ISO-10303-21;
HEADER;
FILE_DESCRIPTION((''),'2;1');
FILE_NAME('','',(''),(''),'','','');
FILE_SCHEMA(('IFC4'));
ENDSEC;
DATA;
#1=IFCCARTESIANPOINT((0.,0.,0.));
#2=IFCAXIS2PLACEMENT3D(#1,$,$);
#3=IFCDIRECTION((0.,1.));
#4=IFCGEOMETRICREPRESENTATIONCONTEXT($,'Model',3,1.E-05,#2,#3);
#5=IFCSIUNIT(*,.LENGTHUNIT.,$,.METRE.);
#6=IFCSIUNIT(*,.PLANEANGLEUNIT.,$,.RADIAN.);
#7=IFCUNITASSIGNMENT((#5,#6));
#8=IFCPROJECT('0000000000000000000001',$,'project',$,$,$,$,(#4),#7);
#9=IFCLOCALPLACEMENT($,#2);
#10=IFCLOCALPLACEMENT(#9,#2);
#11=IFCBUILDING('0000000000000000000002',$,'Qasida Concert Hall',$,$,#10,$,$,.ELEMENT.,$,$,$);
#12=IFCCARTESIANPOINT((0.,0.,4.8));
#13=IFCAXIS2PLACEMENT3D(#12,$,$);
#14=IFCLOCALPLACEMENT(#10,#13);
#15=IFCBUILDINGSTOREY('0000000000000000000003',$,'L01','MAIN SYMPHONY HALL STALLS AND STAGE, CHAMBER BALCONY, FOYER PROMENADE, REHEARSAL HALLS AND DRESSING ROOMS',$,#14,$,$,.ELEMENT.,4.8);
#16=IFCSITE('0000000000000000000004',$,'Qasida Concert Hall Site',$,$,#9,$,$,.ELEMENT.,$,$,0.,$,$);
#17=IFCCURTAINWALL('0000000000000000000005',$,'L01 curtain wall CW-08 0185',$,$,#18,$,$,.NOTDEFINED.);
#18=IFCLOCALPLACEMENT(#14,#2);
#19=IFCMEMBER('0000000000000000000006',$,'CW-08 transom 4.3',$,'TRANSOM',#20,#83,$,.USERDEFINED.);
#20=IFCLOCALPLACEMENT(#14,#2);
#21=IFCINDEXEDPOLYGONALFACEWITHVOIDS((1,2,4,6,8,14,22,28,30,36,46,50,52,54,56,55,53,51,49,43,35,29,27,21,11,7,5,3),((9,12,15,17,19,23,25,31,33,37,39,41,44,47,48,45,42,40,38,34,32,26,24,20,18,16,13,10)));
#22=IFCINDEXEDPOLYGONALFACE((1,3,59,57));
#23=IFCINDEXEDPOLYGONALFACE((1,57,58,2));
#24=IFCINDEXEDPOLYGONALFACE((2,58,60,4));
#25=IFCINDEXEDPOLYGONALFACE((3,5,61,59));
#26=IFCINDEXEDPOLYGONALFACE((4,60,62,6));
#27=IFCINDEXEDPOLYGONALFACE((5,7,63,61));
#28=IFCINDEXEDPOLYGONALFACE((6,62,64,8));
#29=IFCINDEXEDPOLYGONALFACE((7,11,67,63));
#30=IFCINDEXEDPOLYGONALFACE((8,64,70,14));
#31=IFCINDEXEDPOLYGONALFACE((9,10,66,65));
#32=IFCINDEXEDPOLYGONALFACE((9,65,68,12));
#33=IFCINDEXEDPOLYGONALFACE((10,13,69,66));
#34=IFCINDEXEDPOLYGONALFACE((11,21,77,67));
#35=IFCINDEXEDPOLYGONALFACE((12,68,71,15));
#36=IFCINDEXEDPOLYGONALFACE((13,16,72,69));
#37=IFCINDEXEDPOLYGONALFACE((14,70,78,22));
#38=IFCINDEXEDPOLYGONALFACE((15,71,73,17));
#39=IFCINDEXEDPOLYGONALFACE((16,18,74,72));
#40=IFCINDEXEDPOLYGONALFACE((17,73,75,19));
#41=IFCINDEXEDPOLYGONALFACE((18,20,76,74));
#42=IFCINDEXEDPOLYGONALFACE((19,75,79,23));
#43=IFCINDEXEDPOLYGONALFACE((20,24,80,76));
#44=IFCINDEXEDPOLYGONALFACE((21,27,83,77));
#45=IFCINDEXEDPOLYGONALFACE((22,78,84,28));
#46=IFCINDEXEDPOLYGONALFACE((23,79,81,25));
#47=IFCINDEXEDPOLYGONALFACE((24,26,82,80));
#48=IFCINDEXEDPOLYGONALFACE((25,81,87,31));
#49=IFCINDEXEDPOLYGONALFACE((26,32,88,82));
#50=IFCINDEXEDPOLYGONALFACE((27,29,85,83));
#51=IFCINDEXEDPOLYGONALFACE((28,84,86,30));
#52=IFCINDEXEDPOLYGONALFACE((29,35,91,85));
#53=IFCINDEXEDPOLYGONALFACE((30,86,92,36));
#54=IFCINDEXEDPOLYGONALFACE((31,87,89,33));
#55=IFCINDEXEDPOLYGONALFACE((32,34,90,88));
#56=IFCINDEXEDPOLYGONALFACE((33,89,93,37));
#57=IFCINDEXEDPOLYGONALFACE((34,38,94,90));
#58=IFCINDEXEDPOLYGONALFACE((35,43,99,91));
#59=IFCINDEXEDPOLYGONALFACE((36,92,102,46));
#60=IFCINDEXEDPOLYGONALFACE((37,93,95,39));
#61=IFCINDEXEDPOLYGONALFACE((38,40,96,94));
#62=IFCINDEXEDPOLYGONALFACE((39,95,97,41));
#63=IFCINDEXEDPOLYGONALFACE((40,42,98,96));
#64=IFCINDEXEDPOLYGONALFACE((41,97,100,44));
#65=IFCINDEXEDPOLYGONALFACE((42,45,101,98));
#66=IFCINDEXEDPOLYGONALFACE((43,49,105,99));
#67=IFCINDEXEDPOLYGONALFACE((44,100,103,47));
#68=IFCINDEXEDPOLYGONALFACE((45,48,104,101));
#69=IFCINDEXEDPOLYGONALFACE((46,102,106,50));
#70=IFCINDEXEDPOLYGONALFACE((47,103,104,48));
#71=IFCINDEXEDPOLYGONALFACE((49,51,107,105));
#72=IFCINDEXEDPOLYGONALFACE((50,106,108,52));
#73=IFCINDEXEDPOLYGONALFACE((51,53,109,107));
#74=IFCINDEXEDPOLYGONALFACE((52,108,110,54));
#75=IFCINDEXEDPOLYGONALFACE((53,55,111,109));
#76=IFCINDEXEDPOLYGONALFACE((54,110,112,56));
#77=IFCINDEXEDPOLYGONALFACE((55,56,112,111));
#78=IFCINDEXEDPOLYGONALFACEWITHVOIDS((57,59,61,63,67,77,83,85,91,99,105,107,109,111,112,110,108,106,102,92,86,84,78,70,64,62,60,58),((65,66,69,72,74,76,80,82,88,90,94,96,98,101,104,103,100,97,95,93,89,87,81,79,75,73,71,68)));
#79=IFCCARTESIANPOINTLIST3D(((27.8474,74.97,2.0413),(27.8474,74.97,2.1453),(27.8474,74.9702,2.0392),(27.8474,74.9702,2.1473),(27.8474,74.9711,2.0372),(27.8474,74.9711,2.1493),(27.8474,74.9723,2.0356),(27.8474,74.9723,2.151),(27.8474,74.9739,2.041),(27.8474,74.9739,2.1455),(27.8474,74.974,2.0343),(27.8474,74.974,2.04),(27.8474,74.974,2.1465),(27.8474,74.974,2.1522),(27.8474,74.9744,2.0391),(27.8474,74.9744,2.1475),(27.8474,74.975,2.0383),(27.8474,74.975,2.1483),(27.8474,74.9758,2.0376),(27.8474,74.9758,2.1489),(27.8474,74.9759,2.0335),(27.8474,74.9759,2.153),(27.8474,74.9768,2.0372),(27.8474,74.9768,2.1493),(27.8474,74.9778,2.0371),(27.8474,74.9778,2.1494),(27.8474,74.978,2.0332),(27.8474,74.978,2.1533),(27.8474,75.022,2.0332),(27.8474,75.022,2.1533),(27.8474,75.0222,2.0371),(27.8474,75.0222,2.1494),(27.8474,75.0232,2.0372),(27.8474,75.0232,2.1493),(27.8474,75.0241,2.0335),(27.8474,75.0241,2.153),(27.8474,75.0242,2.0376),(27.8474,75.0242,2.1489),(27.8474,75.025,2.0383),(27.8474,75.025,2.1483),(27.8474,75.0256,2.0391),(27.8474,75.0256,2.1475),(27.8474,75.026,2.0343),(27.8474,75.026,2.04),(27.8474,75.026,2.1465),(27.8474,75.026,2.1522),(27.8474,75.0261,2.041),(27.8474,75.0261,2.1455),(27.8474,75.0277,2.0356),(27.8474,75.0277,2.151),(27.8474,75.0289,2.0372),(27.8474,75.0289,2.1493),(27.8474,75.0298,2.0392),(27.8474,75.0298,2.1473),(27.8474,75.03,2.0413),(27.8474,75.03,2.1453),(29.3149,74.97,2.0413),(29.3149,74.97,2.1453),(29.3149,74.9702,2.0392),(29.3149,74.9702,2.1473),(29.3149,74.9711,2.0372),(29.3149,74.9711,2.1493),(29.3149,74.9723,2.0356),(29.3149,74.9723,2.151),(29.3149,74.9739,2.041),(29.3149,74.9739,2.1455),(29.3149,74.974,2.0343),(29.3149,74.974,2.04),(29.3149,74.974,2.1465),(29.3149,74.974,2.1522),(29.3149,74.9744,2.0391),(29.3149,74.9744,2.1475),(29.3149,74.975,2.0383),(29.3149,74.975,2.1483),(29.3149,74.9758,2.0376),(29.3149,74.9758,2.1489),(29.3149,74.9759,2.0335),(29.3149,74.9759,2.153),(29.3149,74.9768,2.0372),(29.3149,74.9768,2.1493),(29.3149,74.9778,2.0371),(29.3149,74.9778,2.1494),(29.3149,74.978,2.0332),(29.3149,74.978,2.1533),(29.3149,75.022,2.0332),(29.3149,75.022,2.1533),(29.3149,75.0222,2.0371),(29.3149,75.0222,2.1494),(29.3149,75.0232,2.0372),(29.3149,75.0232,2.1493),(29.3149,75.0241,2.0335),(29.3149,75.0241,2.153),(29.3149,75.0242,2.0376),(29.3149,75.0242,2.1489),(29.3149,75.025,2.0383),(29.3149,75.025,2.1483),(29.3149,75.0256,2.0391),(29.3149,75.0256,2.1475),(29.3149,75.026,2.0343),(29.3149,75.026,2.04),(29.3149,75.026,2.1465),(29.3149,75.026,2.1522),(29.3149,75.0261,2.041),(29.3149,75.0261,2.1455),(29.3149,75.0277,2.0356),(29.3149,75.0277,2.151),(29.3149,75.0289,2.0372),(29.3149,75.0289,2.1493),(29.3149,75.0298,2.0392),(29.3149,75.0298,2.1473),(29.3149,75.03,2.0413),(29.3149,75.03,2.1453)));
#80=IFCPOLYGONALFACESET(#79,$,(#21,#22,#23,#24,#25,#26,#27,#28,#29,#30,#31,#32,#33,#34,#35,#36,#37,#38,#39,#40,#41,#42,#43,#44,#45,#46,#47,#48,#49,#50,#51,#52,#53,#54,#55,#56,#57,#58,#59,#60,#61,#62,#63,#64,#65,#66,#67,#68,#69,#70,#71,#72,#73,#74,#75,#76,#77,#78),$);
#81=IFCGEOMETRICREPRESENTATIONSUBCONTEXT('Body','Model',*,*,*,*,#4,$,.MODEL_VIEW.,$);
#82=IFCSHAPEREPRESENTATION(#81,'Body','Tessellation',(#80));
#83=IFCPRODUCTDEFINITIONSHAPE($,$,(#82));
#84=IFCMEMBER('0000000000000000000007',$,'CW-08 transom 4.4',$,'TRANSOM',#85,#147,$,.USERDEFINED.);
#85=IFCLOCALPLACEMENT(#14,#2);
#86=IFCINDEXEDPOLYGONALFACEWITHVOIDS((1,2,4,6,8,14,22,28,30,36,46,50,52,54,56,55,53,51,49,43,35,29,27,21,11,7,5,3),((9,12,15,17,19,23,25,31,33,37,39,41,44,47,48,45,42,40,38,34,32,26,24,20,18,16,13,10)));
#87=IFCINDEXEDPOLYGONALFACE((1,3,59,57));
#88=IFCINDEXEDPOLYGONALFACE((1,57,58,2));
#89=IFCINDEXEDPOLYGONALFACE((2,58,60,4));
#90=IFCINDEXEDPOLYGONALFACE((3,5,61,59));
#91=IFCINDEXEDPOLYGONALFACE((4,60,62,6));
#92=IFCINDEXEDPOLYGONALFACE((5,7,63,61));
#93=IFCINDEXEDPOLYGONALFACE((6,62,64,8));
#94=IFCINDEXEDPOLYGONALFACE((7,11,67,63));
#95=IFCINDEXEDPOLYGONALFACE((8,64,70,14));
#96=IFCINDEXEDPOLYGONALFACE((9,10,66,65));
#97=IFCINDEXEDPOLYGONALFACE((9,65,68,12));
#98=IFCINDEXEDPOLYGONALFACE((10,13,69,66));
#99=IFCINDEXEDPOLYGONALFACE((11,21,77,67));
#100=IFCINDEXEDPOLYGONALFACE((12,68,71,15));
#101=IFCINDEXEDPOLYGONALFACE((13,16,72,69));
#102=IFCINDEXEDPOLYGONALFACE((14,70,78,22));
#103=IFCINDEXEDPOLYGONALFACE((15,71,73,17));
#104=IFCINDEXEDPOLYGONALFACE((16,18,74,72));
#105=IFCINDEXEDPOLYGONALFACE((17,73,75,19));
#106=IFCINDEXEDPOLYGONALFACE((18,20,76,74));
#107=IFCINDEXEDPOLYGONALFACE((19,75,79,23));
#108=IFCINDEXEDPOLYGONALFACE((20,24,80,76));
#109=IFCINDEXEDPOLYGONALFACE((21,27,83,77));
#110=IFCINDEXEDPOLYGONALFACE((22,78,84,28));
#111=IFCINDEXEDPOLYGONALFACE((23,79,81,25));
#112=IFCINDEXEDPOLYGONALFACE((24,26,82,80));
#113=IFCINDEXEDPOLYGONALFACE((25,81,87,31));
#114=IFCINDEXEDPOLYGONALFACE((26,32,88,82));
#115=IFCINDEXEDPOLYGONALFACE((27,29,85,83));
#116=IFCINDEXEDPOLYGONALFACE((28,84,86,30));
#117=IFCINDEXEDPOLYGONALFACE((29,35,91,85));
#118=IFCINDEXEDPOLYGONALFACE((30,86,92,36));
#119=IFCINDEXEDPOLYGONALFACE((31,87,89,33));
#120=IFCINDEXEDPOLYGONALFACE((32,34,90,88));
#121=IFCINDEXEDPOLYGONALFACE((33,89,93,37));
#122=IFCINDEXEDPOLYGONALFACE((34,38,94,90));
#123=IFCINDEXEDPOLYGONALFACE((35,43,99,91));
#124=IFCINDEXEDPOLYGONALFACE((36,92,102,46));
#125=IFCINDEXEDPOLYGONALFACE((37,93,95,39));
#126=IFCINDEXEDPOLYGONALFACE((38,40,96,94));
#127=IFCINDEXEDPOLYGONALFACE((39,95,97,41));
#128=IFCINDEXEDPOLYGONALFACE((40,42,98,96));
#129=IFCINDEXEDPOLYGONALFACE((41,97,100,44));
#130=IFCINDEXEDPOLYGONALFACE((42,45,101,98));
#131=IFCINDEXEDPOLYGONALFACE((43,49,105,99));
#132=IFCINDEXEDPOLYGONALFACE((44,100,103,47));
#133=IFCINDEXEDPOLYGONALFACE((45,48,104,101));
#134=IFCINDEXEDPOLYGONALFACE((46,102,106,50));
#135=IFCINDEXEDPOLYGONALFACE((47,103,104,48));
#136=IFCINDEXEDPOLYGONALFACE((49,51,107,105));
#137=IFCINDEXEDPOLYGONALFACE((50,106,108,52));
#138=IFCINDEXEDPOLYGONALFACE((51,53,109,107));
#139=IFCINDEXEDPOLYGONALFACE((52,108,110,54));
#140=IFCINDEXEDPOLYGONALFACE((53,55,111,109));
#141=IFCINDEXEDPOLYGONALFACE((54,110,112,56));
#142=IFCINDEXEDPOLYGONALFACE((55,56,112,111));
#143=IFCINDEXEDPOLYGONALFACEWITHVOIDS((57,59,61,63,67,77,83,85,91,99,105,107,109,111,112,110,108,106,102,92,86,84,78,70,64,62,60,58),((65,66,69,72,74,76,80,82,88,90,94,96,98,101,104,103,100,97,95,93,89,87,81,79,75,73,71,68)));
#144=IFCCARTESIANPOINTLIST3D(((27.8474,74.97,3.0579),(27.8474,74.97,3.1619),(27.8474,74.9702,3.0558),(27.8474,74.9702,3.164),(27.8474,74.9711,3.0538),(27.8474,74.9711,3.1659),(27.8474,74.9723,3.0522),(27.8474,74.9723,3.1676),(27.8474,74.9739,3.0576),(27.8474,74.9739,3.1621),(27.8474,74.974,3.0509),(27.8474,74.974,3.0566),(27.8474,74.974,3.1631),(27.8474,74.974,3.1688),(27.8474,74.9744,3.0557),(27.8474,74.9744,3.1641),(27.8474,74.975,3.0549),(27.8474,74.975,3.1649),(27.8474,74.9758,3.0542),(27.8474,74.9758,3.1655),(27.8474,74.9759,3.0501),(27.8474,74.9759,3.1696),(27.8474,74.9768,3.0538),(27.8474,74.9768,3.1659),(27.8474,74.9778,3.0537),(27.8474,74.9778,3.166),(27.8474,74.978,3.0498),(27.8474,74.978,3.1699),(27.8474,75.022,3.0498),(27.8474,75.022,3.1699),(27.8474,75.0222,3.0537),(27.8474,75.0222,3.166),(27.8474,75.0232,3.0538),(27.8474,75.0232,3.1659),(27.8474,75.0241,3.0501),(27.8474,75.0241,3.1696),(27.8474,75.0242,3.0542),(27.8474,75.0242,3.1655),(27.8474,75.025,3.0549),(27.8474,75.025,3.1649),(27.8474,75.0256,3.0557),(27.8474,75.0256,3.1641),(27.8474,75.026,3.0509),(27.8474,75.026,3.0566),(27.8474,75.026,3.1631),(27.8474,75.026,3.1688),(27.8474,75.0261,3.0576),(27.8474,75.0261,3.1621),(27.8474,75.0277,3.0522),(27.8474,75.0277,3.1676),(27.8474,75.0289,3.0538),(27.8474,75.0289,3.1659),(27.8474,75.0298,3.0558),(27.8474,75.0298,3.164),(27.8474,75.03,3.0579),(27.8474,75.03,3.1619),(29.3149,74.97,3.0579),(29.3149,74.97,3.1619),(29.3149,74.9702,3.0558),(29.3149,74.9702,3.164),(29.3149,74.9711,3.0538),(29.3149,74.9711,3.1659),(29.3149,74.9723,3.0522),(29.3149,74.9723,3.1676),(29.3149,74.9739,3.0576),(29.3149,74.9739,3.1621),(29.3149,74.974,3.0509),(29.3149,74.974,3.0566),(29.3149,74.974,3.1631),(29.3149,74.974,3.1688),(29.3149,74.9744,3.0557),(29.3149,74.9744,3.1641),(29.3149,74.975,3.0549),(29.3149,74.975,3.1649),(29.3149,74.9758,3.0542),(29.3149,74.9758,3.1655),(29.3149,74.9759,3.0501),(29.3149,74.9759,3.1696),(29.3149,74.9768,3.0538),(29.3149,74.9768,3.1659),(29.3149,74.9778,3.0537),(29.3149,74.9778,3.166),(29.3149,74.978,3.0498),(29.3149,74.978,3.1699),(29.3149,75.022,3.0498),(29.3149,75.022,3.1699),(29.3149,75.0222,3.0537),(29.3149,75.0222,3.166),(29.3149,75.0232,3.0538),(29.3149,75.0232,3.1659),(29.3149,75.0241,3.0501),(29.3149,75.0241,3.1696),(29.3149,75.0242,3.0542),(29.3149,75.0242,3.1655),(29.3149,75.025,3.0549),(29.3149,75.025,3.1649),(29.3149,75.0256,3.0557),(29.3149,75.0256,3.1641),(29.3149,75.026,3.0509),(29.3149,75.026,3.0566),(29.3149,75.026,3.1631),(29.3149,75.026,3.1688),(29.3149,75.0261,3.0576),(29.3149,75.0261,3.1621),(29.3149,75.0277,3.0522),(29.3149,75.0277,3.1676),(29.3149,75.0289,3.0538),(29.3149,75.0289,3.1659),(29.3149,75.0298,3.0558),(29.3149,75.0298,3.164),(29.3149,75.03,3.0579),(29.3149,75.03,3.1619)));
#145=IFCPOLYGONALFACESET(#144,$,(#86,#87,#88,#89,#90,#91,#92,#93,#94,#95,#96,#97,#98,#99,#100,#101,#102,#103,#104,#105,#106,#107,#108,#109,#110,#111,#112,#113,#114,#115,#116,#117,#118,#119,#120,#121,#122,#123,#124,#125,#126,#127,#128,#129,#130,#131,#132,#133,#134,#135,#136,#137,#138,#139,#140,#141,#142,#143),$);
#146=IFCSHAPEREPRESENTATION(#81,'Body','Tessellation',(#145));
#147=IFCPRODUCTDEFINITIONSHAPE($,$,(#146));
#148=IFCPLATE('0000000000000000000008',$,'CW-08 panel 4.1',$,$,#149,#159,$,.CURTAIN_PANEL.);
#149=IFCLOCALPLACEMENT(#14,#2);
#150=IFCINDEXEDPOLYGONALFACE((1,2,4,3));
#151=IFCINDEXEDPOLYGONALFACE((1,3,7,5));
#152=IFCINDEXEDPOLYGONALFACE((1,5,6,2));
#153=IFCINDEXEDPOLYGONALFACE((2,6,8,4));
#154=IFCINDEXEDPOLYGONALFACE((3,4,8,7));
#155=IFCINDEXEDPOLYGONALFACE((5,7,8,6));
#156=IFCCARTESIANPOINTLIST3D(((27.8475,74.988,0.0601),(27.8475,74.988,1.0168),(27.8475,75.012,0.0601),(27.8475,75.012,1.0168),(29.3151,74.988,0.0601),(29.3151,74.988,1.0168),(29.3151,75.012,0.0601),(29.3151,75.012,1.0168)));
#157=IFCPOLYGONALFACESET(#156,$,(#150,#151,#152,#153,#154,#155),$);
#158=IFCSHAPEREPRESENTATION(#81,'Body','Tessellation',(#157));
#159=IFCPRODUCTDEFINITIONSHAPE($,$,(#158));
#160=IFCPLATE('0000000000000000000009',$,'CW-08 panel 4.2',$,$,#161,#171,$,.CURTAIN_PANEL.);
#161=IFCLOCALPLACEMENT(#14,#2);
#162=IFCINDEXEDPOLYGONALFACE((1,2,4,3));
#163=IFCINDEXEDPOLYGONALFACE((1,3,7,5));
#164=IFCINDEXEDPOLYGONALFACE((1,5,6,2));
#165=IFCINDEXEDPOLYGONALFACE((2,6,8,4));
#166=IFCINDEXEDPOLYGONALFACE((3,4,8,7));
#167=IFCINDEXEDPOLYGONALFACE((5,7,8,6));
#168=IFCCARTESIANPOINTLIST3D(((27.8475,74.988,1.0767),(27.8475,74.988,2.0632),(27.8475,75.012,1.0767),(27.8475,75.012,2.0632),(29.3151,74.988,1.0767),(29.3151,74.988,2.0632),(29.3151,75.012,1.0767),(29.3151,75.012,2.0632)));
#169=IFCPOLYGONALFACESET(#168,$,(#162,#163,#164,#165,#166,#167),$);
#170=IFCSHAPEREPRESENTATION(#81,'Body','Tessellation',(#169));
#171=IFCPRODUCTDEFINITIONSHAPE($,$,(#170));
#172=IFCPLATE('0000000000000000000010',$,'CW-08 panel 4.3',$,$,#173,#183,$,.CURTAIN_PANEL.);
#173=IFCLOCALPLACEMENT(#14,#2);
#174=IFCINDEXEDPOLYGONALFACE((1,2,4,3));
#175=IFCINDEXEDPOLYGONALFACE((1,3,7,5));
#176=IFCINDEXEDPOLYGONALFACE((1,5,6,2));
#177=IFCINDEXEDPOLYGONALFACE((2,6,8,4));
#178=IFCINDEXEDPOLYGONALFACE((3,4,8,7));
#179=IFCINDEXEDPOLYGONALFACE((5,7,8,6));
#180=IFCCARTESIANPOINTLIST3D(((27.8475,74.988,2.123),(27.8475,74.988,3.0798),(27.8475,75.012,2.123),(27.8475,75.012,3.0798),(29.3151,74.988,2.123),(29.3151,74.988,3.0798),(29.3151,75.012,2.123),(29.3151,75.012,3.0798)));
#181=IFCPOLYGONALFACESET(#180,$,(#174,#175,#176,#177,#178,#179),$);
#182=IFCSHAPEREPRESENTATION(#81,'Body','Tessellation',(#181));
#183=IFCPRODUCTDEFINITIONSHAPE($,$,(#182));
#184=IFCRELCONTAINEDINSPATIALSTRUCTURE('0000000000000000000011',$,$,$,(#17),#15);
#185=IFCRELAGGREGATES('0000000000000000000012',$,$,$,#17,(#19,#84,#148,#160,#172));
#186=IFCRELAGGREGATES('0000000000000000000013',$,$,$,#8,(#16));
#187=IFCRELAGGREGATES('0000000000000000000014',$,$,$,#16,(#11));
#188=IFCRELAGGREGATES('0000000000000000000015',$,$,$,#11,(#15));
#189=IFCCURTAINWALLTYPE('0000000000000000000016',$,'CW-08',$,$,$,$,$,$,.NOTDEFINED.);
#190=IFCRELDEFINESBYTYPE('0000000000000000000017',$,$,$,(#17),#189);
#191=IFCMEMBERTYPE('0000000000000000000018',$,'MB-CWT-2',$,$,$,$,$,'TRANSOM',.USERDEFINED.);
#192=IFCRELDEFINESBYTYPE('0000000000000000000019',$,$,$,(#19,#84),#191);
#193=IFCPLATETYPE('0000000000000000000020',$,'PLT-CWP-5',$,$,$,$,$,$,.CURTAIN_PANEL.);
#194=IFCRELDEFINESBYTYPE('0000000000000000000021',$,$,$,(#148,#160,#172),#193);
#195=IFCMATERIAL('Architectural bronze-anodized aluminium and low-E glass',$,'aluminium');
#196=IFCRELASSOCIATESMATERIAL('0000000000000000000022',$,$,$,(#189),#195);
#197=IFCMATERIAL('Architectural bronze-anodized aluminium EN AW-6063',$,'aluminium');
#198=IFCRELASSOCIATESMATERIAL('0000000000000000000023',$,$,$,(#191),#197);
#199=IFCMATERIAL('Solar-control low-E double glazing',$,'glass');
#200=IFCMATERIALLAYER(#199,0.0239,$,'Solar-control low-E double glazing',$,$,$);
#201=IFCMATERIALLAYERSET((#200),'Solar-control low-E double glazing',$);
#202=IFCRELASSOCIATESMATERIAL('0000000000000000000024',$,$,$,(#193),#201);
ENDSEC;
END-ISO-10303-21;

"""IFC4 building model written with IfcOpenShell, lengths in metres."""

from ifc_helpers import new_model, si_unit, direction, frame, origin, origin_2d, place, context, subcontext, project, spatial, rectangle, hollow_rectangle, extrude, material, layer, layer_set, material_profile, profile_set, type_object, element, aggregate, save


model = new_model("IFC4")

# Units and contexts
model_context = context("Model", 3, precision=1e-05, world=origin(), true_north=direction((0.0, 1.0)))
body_context = subcontext(model_context, "Body", "Model", "MODEL_VIEW")
ifc_project = project(units=[si_unit("LENGTHUNIT", "METRE"), si_unit("PLANEANGLEUNIT", "RADIAN")], contexts=[model_context])

# Site, building, storey
site_placement = place(None, origin())
site = spatial("IfcSite", under=ifc_project, at=site_placement, Name="Qasida Concert Hall Site", CompositionType="ELEMENT", RefElevation=0.0)
building_placement = place(site_placement, origin())
building = spatial("IfcBuilding", under=site, at=building_placement, Name="Qasida Concert Hall", CompositionType="ELEMENT")
storey_placement = place(building_placement, frame((0.0, 0.0, 4.8)))
storey = spatial("IfcBuildingStorey", under=building, at=storey_placement, Name="L01", Description="MAIN SYMPHONY HALL STALLS AND STAGE, CHAMBER BALCONY, FOYER PROMENADE, REHEARSAL HALLS AND DRESSING ROOMS", CompositionType="ELEMENT", Elevation=4.8)

# Curtain wall, members, plates
ifc_material_1 = material(Name="Architectural bronze-anodized aluminium and low-E glass", Category="aluminium")
curtain_wall_type = type_object("IfcCurtainWallType", Name="CW-08", PredefinedType="NOTDEFINED", material=ifc_material_1)
curtain_wall_placement = place(storey_placement, origin())
curtain_wall = element("IfcCurtainWall", 1, at=curtain_wall_placement, inside=storey, type_object=curtain_wall_type, Name="L01 curtain wall CW-08 0185", PredefinedType="NOTDEFINED")
ifc_material_2 = material(Name="Architectural bronze-anodized aluminium EN AW-6063", Category="aluminium")
ifc_material_profile_1 = material_profile(ifc_material_2, hollow_rectangle(XDim=0.0601, YDim=0.1201, WallThickness=0.0039, InnerFilletRadius=0.0039, OuterFilletRadius=0.0081, at=origin_2d()), Name="CWT 120x60x4")
ifc_profile_set_1 = profile_set([ifc_material_profile_1], Name="Architectural bronze-anodized aluminium EN AW-6063")
member_type_1 = type_object("IfcMemberType", Name="MB-CWT-2", ElementType="TRANSOM", PredefinedType="USERDEFINED", material=ifc_profile_set_1)
member_1_placement = place(storey_placement, frame((27.8474, 75.0, 2.0933), z_axis=(1.0, 0.0, 0.0), x_axis=(0.0, 1.0, 0.0)))
member_1 = element("IfcMember", 2, at=member_1_placement, type_object=member_type_1, Name="CW-08 transom 4.3", ObjectType="TRANSOM", PredefinedType="USERDEFINED", context=body_context, shape_type="SweptSolid", body=[
    extrude(hollow_rectangle(XDim=0.0601, YDim=0.1201, WallThickness=0.0039, InnerFilletRadius=0.0039, OuterFilletRadius=0.0081, at=origin_2d()), origin(), (0.0, 0.0, 1.0), 1.4675),
])
member_2_placement = place(storey_placement, frame((27.8474, 75.0, 3.1099), z_axis=(1.0, 0.0, 0.0), x_axis=(0.0, 1.0, 0.0)))
member_2 = element("IfcMember", 3, at=member_2_placement, type_object=member_type_1, Name="CW-08 transom 4.4", ObjectType="TRANSOM", PredefinedType="USERDEFINED", context=body_context, shape_type="SweptSolid", body=[
    extrude(hollow_rectangle(XDim=0.0601, YDim=0.1201, WallThickness=0.0039, InnerFilletRadius=0.0039, OuterFilletRadius=0.0081, at=origin_2d()), origin(), (0.0, 0.0, 1.0), 1.4675),
])
ifc_material_3 = material(Name="Solar-control low-E double glazing", Category="glass")
ifc_layer_1 = layer(ifc_material_3, 0.0239, Name="Solar-control low-E double glazing")
ifc_layer_set_1 = layer_set([ifc_layer_1], Name="Solar-control low-E double glazing")
plate_type = type_object("IfcPlateType", Name="PLT-CWP-5", PredefinedType="CURTAIN_PANEL", material=ifc_layer_set_1)
plate_1_placement = place(storey_placement, frame((28.5813, 75.0, 0.0601), z_axis=(0.0, 0.0, 1.0), x_axis=(1.0, 0.0, 0.0)))
plate_1 = element("IfcPlate", 4, at=plate_1_placement, type_object=plate_type, Name="CW-08 panel 4.1", PredefinedType="CURTAIN_PANEL", context=body_context, shape_type="SweptSolid", body=[
    extrude(rectangle(XDim=1.4675, YDim=0.0239, at=origin_2d()), origin(), (0.0, 0.0, 1.0), 0.9568),
])
plate_2_placement = place(storey_placement, frame((28.5813, 75.0, 1.0767), z_axis=(0.0, 0.0, 1.0), x_axis=(1.0, 0.0, 0.0)))
plate_2 = element("IfcPlate", 5, at=plate_2_placement, type_object=plate_type, Name="CW-08 panel 4.2", PredefinedType="CURTAIN_PANEL", context=body_context, shape_type="SweptSolid", body=[
    extrude(rectangle(XDim=1.4675, YDim=0.0239, at=origin_2d()), origin(), (0.0, 0.0, 1.0), 0.9866),
])
plate_3_placement = place(storey_placement, frame((28.5813, 75.0, 2.123), z_axis=(0.0, 0.0, 1.0), x_axis=(1.0, 0.0, 0.0)))
plate_3 = element("IfcPlate", 6, at=plate_3_placement, type_object=plate_type, Name="CW-08 panel 4.3", PredefinedType="CURTAIN_PANEL", context=body_context, shape_type="SweptSolid", body=[
    extrude(rectangle(XDim=1.4675, YDim=0.0239, at=origin_2d()), origin(), (0.0, 0.0, 1.0), 0.9568),
])
aggregate(curtain_wall, [member_1, member_2, plate_1, plate_2, plate_3])

save(model, "model.ifc")
